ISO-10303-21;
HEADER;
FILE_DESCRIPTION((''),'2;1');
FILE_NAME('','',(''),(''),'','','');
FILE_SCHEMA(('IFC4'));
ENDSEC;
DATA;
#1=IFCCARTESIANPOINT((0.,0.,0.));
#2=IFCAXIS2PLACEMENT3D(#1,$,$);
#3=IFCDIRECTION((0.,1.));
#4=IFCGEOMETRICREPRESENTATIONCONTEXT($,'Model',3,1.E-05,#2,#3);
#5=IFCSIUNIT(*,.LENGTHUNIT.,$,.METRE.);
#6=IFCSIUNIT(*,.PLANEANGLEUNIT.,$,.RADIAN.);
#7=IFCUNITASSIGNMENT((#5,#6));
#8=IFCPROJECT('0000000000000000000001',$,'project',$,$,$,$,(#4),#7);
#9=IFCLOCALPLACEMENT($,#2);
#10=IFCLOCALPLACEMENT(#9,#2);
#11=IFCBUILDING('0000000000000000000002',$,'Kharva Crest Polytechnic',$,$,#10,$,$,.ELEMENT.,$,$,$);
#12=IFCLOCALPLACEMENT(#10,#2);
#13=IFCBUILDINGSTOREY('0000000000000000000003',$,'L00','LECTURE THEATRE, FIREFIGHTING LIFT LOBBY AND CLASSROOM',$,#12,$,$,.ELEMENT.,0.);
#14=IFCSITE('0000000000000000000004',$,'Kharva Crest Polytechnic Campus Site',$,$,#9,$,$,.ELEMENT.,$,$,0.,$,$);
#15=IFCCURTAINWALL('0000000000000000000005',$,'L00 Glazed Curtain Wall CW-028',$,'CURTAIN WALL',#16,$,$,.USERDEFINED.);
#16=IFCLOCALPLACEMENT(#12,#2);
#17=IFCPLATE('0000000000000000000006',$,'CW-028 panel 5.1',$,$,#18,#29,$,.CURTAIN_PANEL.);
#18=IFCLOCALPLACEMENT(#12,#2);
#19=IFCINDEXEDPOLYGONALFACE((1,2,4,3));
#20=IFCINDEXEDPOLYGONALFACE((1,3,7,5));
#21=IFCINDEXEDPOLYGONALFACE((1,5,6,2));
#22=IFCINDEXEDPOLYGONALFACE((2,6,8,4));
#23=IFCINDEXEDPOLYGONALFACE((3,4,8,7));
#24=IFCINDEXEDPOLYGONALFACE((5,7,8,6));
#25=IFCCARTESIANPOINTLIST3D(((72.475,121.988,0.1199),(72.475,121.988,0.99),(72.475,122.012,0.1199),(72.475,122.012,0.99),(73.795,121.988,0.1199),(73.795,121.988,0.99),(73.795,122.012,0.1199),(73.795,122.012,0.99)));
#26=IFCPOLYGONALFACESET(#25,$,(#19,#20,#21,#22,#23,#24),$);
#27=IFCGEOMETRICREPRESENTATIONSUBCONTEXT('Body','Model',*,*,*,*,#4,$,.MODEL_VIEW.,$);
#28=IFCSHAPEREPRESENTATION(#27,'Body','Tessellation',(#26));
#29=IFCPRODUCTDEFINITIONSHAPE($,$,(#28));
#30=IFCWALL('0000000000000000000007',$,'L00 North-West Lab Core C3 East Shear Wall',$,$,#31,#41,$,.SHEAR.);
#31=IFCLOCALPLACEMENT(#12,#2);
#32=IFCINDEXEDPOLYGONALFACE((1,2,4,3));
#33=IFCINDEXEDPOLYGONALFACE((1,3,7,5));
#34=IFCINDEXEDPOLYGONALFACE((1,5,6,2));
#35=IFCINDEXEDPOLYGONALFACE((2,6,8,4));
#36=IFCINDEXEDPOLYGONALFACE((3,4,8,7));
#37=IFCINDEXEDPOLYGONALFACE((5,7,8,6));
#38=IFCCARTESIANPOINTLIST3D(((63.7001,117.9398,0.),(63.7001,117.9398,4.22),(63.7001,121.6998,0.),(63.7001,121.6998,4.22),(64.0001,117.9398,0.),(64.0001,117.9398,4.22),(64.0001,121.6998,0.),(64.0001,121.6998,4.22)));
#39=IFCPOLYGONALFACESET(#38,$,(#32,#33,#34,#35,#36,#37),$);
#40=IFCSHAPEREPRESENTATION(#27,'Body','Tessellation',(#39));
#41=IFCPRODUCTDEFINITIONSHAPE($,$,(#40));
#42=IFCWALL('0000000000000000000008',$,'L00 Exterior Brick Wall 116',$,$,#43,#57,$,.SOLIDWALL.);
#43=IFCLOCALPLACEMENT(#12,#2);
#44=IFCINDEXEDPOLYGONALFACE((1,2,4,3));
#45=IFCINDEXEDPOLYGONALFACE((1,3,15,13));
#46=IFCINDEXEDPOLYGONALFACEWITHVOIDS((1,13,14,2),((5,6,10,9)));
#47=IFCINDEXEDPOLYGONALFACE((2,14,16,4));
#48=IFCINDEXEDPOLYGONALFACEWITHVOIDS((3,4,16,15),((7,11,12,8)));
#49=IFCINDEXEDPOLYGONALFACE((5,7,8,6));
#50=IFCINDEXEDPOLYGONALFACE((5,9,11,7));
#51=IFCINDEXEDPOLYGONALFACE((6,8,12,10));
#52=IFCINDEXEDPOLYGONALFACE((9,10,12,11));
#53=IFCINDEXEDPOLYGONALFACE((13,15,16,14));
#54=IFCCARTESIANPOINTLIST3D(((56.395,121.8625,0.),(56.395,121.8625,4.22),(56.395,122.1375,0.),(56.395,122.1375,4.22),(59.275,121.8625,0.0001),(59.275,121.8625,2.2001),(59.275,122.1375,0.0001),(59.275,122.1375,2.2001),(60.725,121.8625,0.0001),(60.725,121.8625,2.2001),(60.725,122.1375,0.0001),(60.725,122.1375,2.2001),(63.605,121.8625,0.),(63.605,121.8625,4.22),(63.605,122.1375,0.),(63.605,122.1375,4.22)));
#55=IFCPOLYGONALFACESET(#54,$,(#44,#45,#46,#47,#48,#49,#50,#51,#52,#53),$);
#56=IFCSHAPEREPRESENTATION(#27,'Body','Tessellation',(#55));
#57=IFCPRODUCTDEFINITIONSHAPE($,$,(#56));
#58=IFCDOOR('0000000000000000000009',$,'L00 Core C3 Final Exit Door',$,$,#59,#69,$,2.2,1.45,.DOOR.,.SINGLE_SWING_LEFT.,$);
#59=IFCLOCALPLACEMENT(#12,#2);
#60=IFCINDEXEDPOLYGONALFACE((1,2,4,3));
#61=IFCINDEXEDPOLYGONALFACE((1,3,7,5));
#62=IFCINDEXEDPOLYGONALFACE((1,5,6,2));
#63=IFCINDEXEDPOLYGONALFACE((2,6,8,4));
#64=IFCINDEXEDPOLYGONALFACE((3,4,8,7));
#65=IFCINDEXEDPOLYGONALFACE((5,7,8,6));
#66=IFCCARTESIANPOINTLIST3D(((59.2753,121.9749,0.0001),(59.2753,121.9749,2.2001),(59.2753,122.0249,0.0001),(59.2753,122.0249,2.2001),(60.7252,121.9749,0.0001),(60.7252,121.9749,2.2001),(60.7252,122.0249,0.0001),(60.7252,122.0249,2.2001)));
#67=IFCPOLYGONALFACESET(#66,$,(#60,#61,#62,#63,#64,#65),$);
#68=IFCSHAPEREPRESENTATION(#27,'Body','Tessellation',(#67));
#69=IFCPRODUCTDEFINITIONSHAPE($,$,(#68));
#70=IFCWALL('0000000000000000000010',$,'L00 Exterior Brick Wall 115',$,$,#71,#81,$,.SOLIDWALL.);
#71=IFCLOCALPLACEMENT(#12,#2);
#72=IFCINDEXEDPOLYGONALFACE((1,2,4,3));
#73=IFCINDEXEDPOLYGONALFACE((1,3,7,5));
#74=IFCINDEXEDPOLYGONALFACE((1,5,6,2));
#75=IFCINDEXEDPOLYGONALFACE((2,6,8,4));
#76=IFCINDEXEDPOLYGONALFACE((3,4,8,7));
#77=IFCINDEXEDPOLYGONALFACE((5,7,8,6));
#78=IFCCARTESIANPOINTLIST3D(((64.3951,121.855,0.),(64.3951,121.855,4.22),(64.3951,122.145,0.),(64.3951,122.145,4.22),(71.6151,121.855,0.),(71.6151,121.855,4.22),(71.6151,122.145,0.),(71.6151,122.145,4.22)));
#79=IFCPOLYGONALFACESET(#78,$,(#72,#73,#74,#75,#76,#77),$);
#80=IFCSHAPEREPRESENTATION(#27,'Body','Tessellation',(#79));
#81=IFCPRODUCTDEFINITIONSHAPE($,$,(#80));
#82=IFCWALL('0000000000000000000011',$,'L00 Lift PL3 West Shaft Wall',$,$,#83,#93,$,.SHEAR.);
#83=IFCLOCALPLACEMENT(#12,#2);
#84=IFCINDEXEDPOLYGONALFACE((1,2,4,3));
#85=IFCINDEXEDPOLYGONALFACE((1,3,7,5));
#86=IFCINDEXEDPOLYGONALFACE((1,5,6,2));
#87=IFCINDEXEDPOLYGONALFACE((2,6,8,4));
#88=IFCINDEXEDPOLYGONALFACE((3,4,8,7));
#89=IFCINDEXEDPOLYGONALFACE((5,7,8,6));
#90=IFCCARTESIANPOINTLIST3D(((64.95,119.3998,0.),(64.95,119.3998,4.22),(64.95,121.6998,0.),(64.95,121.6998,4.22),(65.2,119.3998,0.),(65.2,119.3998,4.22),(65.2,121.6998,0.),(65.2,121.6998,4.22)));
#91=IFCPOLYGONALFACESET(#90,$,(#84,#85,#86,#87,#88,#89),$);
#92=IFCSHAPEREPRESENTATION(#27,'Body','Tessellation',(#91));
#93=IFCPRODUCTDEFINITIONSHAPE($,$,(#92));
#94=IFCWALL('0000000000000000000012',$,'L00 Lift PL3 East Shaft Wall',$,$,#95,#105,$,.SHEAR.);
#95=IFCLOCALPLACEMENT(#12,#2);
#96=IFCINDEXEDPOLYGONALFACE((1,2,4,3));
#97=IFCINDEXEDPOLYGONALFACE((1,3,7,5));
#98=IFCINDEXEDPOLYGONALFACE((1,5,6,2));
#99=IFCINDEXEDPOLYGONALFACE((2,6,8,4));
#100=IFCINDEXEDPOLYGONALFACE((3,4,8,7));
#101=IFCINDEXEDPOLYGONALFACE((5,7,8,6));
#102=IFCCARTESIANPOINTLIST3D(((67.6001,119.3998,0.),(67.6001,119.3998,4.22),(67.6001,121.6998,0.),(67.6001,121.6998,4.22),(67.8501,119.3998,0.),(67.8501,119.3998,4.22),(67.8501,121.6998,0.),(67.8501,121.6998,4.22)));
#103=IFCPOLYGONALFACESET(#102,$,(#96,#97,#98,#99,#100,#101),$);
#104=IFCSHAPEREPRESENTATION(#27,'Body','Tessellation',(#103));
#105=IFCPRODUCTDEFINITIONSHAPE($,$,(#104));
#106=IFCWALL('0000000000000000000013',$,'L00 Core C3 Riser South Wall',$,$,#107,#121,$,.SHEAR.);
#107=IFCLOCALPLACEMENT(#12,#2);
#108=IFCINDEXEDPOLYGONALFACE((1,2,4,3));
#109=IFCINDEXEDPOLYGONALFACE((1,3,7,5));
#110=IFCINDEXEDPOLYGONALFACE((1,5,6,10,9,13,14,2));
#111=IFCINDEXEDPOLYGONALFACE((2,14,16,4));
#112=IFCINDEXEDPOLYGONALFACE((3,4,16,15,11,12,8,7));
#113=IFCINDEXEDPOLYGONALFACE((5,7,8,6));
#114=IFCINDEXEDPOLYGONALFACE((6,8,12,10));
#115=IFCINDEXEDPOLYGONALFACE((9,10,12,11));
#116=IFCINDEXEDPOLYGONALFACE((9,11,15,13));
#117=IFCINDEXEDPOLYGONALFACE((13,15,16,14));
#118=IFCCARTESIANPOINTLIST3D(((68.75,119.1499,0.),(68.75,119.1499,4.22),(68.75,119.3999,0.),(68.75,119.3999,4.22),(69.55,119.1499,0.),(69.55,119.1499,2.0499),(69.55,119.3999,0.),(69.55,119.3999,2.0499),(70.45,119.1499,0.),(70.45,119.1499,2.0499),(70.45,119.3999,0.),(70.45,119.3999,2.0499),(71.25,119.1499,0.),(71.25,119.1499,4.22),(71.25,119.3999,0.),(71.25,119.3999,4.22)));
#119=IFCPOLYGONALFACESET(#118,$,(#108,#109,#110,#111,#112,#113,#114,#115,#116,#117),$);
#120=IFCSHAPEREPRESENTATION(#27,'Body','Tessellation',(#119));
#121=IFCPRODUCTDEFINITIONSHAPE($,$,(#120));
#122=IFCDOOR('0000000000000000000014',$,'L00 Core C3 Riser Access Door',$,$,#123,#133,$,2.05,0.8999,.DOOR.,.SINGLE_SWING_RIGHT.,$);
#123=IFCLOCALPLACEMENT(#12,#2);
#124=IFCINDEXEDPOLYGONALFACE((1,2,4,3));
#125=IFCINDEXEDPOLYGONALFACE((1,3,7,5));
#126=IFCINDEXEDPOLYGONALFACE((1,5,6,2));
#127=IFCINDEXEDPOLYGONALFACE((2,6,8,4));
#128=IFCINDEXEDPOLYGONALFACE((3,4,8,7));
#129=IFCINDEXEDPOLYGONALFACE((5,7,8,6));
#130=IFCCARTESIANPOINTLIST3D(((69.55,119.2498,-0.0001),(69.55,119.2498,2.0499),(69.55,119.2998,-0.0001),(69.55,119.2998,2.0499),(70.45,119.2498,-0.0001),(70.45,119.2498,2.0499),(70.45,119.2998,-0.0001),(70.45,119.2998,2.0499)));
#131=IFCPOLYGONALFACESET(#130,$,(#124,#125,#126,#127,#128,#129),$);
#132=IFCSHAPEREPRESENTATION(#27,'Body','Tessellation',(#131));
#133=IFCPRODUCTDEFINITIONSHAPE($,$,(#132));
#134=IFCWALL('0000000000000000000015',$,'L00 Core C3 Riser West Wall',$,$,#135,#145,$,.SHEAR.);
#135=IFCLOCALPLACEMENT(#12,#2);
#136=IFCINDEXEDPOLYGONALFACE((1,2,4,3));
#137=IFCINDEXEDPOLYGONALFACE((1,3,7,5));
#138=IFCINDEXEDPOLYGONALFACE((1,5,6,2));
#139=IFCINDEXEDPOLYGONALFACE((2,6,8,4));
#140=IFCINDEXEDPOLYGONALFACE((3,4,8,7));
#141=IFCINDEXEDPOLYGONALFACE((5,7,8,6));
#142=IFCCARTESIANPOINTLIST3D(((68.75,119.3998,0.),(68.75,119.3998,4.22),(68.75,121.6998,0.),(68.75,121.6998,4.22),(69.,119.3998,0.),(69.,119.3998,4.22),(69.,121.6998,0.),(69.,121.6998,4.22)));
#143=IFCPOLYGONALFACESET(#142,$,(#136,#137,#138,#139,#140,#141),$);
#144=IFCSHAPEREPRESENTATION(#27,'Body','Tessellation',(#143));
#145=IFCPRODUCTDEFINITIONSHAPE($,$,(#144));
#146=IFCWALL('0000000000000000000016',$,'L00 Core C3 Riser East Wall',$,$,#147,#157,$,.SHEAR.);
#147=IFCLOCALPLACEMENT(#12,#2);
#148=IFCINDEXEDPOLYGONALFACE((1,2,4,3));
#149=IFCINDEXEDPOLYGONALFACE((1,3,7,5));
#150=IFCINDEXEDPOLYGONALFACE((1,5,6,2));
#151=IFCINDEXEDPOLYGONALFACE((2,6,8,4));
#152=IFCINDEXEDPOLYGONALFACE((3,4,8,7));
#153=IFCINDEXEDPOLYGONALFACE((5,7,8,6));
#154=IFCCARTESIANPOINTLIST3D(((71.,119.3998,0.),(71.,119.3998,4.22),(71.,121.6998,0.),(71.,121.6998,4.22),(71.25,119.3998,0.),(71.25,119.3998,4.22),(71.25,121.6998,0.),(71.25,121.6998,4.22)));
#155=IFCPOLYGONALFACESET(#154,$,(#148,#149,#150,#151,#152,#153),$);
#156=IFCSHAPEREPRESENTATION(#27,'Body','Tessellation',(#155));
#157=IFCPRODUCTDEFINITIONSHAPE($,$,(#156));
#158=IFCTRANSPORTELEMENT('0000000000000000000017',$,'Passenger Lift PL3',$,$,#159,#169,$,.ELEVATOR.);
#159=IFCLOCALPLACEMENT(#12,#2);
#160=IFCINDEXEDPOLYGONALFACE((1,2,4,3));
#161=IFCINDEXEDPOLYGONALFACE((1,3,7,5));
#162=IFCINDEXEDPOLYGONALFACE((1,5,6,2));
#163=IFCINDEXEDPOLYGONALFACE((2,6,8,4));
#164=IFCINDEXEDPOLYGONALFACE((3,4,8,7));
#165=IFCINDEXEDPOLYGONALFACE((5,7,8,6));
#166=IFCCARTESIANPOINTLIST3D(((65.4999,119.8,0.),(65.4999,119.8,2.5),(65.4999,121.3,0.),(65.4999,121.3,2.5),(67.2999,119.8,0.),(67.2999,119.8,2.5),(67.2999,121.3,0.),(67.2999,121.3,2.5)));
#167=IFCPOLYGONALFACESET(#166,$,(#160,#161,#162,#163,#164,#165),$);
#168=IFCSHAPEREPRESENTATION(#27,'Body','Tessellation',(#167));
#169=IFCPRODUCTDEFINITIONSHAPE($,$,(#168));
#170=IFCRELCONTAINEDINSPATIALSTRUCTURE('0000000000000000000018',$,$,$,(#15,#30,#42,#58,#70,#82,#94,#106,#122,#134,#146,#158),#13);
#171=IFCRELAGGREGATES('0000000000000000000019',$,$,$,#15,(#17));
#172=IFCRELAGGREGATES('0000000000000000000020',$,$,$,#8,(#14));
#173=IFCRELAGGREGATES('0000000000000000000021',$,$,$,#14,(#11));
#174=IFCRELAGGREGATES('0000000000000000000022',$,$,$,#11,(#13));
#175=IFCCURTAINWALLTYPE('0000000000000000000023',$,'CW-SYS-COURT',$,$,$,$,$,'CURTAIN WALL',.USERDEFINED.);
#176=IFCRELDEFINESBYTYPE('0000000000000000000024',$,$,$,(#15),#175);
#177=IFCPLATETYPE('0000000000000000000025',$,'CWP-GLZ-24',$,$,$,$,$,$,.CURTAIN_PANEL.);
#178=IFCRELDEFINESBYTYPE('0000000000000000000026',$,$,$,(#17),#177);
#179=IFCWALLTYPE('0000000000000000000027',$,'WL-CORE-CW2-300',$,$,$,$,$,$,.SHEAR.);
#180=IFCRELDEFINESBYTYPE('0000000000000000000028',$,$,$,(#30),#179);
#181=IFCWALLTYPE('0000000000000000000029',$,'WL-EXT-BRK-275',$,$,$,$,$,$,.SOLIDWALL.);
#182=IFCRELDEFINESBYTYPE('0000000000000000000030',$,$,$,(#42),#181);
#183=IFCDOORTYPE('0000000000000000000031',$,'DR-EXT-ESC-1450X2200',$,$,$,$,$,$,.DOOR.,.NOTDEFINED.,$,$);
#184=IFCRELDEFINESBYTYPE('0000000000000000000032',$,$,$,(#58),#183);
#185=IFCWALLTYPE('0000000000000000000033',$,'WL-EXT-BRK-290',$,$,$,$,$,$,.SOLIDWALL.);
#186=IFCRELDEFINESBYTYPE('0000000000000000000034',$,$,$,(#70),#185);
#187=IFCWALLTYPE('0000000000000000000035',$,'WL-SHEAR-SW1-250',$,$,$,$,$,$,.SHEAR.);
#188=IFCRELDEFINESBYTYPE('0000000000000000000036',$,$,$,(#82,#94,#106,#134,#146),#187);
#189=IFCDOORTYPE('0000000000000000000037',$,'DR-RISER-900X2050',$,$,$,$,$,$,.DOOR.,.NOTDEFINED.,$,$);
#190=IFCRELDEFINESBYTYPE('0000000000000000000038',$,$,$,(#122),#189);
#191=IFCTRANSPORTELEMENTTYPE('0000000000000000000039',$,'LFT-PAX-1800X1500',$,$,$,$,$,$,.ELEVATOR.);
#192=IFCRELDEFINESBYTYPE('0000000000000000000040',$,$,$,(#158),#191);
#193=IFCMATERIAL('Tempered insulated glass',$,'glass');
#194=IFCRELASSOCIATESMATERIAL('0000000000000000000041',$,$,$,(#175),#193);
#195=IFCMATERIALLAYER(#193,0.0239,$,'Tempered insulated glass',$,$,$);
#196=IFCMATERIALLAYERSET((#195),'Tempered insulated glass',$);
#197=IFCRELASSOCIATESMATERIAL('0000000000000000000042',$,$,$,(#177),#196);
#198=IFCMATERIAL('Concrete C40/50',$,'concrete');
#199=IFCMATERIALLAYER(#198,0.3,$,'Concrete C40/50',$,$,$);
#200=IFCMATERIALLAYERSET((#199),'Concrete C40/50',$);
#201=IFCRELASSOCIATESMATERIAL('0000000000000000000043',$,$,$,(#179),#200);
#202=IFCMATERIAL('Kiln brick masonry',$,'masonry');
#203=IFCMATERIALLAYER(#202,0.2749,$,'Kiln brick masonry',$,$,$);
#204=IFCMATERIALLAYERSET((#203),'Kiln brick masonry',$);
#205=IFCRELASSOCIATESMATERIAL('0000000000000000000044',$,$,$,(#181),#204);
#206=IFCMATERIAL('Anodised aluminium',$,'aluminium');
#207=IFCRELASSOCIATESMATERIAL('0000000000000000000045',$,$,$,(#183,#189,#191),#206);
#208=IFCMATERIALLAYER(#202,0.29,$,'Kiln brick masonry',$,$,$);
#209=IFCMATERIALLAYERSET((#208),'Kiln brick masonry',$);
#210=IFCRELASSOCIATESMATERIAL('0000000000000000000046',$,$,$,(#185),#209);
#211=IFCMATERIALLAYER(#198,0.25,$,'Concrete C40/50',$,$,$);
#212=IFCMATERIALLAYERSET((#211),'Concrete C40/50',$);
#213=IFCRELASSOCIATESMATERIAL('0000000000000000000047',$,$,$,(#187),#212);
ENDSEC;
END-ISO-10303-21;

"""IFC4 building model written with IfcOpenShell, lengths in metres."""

from ifc_helpers import new_model, si_unit, direction, frame, frame_2d, origin, origin_2d, place, context, subcontext, project, spatial, rectangle, extrude, material, layer, layer_set, type_object, element, fill, aggregate, save


model = new_model("IFC4")

# Units and contexts
model_context = context("Model", 3, precision=1e-05, world=origin(), true_north=direction((0.0, 1.0)))
body_context = subcontext(model_context, "Body", "Model", "MODEL_VIEW")
ifc_project = project(units=[si_unit("LENGTHUNIT", "METRE"), si_unit("PLANEANGLEUNIT", "RADIAN")], contexts=[model_context])

# Site, building, storey
site_placement = place(None, origin())
site = spatial("IfcSite", under=ifc_project, at=site_placement, Name="Kharva Crest Polytechnic Campus Site", CompositionType="ELEMENT", RefElevation=0.0)
building_placement = place(site_placement, origin())
building = spatial("IfcBuilding", under=site, at=building_placement, Name="Kharva Crest Polytechnic", CompositionType="ELEMENT")
storey_placement = place(building_placement, origin())
storey = spatial("IfcBuildingStorey", under=building, at=storey_placement, Name="L00", Description="LECTURE THEATRE, FIREFIGHTING LIFT LOBBY AND CLASSROOM", CompositionType="ELEMENT", Elevation=0.0)

# Shared definitions
ifc_material_1 = material(Name="Concrete C40/50", Category="concrete")

# Curtain wall
ifc_material_2 = material(Name="Tempered insulated glass", Category="glass")
curtain_wall_type = type_object("IfcCurtainWallType", Name="CW-SYS-COURT", ElementType="CURTAIN WALL", PredefinedType="USERDEFINED", material=ifc_material_2)
curtain_wall_placement = place(storey_placement, origin())
curtain_wall = element("IfcCurtainWall", 1, at=curtain_wall_placement, inside=storey, type_object=curtain_wall_type, Name="L00 Glazed Curtain Wall CW-028", ObjectType="CURTAIN WALL", PredefinedType="USERDEFINED")

# Plate
ifc_layer_1 = layer(ifc_material_2, 0.0239, Name="Tempered insulated glass")
ifc_layer_set_1 = layer_set([ifc_layer_1], Name="Tempered insulated glass")
plate_type = type_object("IfcPlateType", Name="CWP-GLZ-24", PredefinedType="CURTAIN_PANEL", material=ifc_layer_set_1)
plate_placement = place(storey_placement, frame((73.135, 122.0, 0.1199), z_axis=(0.0, 0.0, 1.0), x_axis=(-1.0, 0.0, 0.0)))
plate = element("IfcPlate", 2, at=plate_placement, type_object=plate_type, Name="CW-028 panel 5.1", PredefinedType="CURTAIN_PANEL", context=body_context, shape_type="SweptSolid", body=[
    extrude(rectangle(XDim=1.3201, YDim=0.0239, at=origin_2d()), origin(), (0.0, 0.0, 1.0), 0.8701),
])
aggregate(curtain_wall, [plate])

# Wall
ifc_layer_2 = layer(ifc_material_1, 0.3, Name="Concrete C40/50")
ifc_layer_set_2 = layer_set([ifc_layer_2], Name="Concrete C40/50")
wall_type_1 = type_object("IfcWallType", Name="WL-CORE-CW2-300", PredefinedType="SHEAR", material=ifc_layer_set_2)
wall_1_placement = place(storey_placement, frame((63.8501, 117.9399, 0.0), z_axis=(0.0, 0.0, 1.0), x_axis=(0.0, 1.0, 0.0)))
element("IfcWall", 3, at=wall_1_placement, inside=storey, type_object=wall_type_1, Name="L00 North-West Lab Core C3 East Shear Wall", PredefinedType="SHEAR", context=body_context, shape_type="SweptSolid", body=[
    extrude(rectangle(XDim=3.76, YDim=0.3, at=frame_2d((1.8799, 0.0))), origin(), (0.0, 0.0, 1.0), 4.22),
])

# Wall, opening, door
ifc_material_3 = material(Name="Kiln brick masonry", Category="masonry")
ifc_layer_3 = layer(ifc_material_3, 0.2749, Name="Kiln brick masonry")
ifc_layer_set_3 = layer_set([ifc_layer_3], Name="Kiln brick masonry")
wall_type_2 = type_object("IfcWallType", Name="WL-EXT-BRK-275", PredefinedType="SOLIDWALL", material=ifc_layer_set_3)
wall_2_placement = place(storey_placement, frame((63.605, 122.0, 0.0), z_axis=(0.0, 0.0, 1.0), x_axis=(-1.0, 0.0, 0.0)))
wall_2 = element("IfcWall", 4, at=wall_2_placement, inside=storey, type_object=wall_type_2, Name="L00 Exterior Brick Wall 116", PredefinedType="SOLIDWALL", context=body_context, shape_type="SweptSolid", body=[
    extrude(rectangle(XDim=7.21, YDim=0.2749, at=frame_2d((3.605, 0.0))), origin(), (0.0, 0.0, 1.0), 4.22),
])
opening_1_placement = place(wall_2_placement, frame((2.8799, 0.0, 0.0)))
opening_1 = element("IfcOpeningElement", 5, at=opening_1_placement, cuts=wall_2, PredefinedType="OPENING", context=body_context, shape_type="SweptSolid", body=[
    extrude(rectangle(XDim=1.45, YDim=2.2, at=frame_2d((0.7251, 1.1001))), frame((0.0, 0.1475, 0.0), z_axis=(0.0, -1.0, 0.0), x_axis=(1.0, 0.0, 0.0)), (0.0, 0.0, 1.0), 0.2949),
])
ifc_material_4 = material(Name="Anodised aluminium", Category="aluminium")
door_type_1 = type_object("IfcDoorType", Name="DR-EXT-ESC-1450X2200", OperationType="NOTDEFINED", PredefinedType="DOOR", material=ifc_material_4)
door_1_placement = place(opening_1_placement, frame((1.45, 0.0, 0.0), z_axis=(0.0, 0.0, 1.0), x_axis=(-1.0, 0.0, 0.0)))
door_1 = element("IfcDoor", 6, at=door_1_placement, inside=storey, type_object=door_type_1, Name="L00 Core C3 Final Exit Door", OperationType="SINGLE_SWING_LEFT", OverallHeight=2.2, OverallWidth=1.45, PredefinedType="DOOR", context=body_context, shape_type="SweptSolid", body=[
    extrude(rectangle(XDim=1.45, YDim=2.2, at=frame_2d((0.7251, 1.1001))), frame((0.0, 0.0249, 0.0), z_axis=(0.0, -1.0, 0.0), x_axis=(1.0, 0.0, 0.0)), (0.0, 0.0, 1.0), 0.05),
])
fill(opening_1, door_1)

# Wall
ifc_layer_4 = layer(ifc_material_3, 0.29, Name="Kiln brick masonry")
ifc_layer_set_4 = layer_set([ifc_layer_4], Name="Kiln brick masonry")
wall_type_3 = type_object("IfcWallType", Name="WL-EXT-BRK-290", PredefinedType="SOLIDWALL", material=ifc_layer_set_4)
wall_3_placement = place(storey_placement, frame((71.615, 122.0, 0.0), z_axis=(0.0, 0.0, 1.0), x_axis=(-1.0, 0.0, 0.0)))
element("IfcWall", 7, at=wall_3_placement, inside=storey, type_object=wall_type_3, Name="L00 Exterior Brick Wall 115", PredefinedType="SOLIDWALL", context=body_context, shape_type="SweptSolid", body=[
    extrude(rectangle(XDim=7.22, YDim=0.29, at=frame_2d((3.6099, 0.0))), origin(), (0.0, 0.0, 1.0), 4.22),
])

# Shared definitions
ifc_layer_5 = layer(ifc_material_1, 0.25, Name="Concrete C40/50")
ifc_layer_set_5 = layer_set([ifc_layer_5], Name="Concrete C40/50")
wall_type_4 = type_object("IfcWallType", Name="WL-SHEAR-SW1-250", PredefinedType="SHEAR", material=ifc_layer_set_5)

# Walls
for number, where, z_axis, x_axis, name in (
    (8, (65.075, 119.3999, 0.0), (0.0, 0.0, 1.0), (0.0, 1.0, 0.0), "L00 Lift PL3 West Shaft Wall"),
    (9, (67.7251, 119.3999, 0.0), (0.0, 0.0, 1.0), (0.0, 1.0, 0.0), "L00 Lift PL3 East Shaft Wall"),
):
    element("IfcWall", number, at=place(storey_placement, frame(where, z_axis=z_axis, x_axis=x_axis)), inside=storey, type_object=wall_type_4, Name=name, PredefinedType="SHEAR", context=body_context, shape_type="SweptSolid", body=[
        extrude(rectangle(XDim=2.3, YDim=0.25, at=frame_2d((1.1499, 0.0))), origin(), (0.0, 0.0, 1.0), 4.22),
    ])

# Wall, opening, door
wall_4_placement = place(storey_placement, frame((68.75, 119.2749, 0.0), z_axis=(0.0, 0.0, 1.0), x_axis=(1.0, 0.0, 0.0)))
wall_4 = element("IfcWall", 10, at=wall_4_placement, inside=storey, type_object=wall_type_4, Name="L00 Core C3 Riser South Wall", PredefinedType="SHEAR", context=body_context, shape_type="SweptSolid", body=[
    extrude(rectangle(XDim=2.5, YDim=0.25, at=frame_2d((1.25, 0.0))), origin(), (0.0, 0.0, 1.0), 4.22),
])
opening_2_placement = place(wall_4_placement, frame((0.8, 0.0, 0.0)))
opening_2 = element("IfcOpeningElement", 11, at=opening_2_placement, cuts=wall_4, PredefinedType="OPENING", context=body_context, shape_type="SweptSolid", body=[
    extrude(rectangle(XDim=0.8999, YDim=2.05, at=frame_2d((0.45, 1.0249))), frame((0.0, 0.135, 0.0), z_axis=(0.0, -1.0, 0.0), x_axis=(1.0, 0.0, 0.0)), (0.0, 0.0, 1.0), 0.27),
])
door_type_2 = type_object("IfcDoorType", Name="DR-RISER-900X2050", OperationType="NOTDEFINED", PredefinedType="DOOR", material=ifc_material_4)
door_2_placement = place(opening_2_placement, origin())
door_2 = element("IfcDoor", 12, at=door_2_placement, inside=storey, type_object=door_type_2, Name="L00 Core C3 Riser Access Door", OperationType="SINGLE_SWING_RIGHT", OverallHeight=2.05, OverallWidth=0.8999, PredefinedType="DOOR", context=body_context, shape_type="SweptSolid", body=[
    extrude(rectangle(XDim=0.8999, YDim=2.05, at=frame_2d((0.45, 1.0249))), frame((0.0, 0.0249, 0.0), z_axis=(0.0, -1.0, 0.0), x_axis=(1.0, 0.0, 0.0)), (0.0, 0.0, 1.0), 0.05),
])
fill(opening_2, door_2)

# Walls
for number, where, z_axis, x_axis, name in (
    (13, (68.875, 119.3999, 0.0), (0.0, 0.0, 1.0), (0.0, 1.0, 0.0), "L00 Core C3 Riser West Wall"),
    (14, (71.125, 119.3999, 0.0), (0.0, 0.0, 1.0), (0.0, 1.0, 0.0), "L00 Core C3 Riser East Wall"),
):
    element("IfcWall", number, at=place(storey_placement, frame(where, z_axis=z_axis, x_axis=x_axis)), inside=storey, type_object=wall_type_4, Name=name, PredefinedType="SHEAR", context=body_context, shape_type="SweptSolid", body=[
        extrude(rectangle(XDim=2.3, YDim=0.25, at=frame_2d((1.1499, 0.0))), origin(), (0.0, 0.0, 1.0), 4.22),
    ])

# Transport element
transport_element_type = type_object("IfcTransportElementType", Name="LFT-PAX-1800X1500", PredefinedType="ELEVATOR", material=ifc_material_4)
transport_element_placement = place(storey_placement, frame((66.3999, 120.55, 0.0), z_axis=(0.0, 0.0, 1.0), x_axis=(1.0, 0.0, 0.0)))
element("IfcTransportElement", 15, at=transport_element_placement, inside=storey, type_object=transport_element_type, Name="Passenger Lift PL3", PredefinedType="ELEVATOR", context=body_context, shape_type="SweptSolid", body=[
    extrude(rectangle(XDim=1.8, YDim=1.5, at=origin_2d()), origin(), (0.0, 0.0, 1.0), 2.5),
])

save(model, "model.ifc")
